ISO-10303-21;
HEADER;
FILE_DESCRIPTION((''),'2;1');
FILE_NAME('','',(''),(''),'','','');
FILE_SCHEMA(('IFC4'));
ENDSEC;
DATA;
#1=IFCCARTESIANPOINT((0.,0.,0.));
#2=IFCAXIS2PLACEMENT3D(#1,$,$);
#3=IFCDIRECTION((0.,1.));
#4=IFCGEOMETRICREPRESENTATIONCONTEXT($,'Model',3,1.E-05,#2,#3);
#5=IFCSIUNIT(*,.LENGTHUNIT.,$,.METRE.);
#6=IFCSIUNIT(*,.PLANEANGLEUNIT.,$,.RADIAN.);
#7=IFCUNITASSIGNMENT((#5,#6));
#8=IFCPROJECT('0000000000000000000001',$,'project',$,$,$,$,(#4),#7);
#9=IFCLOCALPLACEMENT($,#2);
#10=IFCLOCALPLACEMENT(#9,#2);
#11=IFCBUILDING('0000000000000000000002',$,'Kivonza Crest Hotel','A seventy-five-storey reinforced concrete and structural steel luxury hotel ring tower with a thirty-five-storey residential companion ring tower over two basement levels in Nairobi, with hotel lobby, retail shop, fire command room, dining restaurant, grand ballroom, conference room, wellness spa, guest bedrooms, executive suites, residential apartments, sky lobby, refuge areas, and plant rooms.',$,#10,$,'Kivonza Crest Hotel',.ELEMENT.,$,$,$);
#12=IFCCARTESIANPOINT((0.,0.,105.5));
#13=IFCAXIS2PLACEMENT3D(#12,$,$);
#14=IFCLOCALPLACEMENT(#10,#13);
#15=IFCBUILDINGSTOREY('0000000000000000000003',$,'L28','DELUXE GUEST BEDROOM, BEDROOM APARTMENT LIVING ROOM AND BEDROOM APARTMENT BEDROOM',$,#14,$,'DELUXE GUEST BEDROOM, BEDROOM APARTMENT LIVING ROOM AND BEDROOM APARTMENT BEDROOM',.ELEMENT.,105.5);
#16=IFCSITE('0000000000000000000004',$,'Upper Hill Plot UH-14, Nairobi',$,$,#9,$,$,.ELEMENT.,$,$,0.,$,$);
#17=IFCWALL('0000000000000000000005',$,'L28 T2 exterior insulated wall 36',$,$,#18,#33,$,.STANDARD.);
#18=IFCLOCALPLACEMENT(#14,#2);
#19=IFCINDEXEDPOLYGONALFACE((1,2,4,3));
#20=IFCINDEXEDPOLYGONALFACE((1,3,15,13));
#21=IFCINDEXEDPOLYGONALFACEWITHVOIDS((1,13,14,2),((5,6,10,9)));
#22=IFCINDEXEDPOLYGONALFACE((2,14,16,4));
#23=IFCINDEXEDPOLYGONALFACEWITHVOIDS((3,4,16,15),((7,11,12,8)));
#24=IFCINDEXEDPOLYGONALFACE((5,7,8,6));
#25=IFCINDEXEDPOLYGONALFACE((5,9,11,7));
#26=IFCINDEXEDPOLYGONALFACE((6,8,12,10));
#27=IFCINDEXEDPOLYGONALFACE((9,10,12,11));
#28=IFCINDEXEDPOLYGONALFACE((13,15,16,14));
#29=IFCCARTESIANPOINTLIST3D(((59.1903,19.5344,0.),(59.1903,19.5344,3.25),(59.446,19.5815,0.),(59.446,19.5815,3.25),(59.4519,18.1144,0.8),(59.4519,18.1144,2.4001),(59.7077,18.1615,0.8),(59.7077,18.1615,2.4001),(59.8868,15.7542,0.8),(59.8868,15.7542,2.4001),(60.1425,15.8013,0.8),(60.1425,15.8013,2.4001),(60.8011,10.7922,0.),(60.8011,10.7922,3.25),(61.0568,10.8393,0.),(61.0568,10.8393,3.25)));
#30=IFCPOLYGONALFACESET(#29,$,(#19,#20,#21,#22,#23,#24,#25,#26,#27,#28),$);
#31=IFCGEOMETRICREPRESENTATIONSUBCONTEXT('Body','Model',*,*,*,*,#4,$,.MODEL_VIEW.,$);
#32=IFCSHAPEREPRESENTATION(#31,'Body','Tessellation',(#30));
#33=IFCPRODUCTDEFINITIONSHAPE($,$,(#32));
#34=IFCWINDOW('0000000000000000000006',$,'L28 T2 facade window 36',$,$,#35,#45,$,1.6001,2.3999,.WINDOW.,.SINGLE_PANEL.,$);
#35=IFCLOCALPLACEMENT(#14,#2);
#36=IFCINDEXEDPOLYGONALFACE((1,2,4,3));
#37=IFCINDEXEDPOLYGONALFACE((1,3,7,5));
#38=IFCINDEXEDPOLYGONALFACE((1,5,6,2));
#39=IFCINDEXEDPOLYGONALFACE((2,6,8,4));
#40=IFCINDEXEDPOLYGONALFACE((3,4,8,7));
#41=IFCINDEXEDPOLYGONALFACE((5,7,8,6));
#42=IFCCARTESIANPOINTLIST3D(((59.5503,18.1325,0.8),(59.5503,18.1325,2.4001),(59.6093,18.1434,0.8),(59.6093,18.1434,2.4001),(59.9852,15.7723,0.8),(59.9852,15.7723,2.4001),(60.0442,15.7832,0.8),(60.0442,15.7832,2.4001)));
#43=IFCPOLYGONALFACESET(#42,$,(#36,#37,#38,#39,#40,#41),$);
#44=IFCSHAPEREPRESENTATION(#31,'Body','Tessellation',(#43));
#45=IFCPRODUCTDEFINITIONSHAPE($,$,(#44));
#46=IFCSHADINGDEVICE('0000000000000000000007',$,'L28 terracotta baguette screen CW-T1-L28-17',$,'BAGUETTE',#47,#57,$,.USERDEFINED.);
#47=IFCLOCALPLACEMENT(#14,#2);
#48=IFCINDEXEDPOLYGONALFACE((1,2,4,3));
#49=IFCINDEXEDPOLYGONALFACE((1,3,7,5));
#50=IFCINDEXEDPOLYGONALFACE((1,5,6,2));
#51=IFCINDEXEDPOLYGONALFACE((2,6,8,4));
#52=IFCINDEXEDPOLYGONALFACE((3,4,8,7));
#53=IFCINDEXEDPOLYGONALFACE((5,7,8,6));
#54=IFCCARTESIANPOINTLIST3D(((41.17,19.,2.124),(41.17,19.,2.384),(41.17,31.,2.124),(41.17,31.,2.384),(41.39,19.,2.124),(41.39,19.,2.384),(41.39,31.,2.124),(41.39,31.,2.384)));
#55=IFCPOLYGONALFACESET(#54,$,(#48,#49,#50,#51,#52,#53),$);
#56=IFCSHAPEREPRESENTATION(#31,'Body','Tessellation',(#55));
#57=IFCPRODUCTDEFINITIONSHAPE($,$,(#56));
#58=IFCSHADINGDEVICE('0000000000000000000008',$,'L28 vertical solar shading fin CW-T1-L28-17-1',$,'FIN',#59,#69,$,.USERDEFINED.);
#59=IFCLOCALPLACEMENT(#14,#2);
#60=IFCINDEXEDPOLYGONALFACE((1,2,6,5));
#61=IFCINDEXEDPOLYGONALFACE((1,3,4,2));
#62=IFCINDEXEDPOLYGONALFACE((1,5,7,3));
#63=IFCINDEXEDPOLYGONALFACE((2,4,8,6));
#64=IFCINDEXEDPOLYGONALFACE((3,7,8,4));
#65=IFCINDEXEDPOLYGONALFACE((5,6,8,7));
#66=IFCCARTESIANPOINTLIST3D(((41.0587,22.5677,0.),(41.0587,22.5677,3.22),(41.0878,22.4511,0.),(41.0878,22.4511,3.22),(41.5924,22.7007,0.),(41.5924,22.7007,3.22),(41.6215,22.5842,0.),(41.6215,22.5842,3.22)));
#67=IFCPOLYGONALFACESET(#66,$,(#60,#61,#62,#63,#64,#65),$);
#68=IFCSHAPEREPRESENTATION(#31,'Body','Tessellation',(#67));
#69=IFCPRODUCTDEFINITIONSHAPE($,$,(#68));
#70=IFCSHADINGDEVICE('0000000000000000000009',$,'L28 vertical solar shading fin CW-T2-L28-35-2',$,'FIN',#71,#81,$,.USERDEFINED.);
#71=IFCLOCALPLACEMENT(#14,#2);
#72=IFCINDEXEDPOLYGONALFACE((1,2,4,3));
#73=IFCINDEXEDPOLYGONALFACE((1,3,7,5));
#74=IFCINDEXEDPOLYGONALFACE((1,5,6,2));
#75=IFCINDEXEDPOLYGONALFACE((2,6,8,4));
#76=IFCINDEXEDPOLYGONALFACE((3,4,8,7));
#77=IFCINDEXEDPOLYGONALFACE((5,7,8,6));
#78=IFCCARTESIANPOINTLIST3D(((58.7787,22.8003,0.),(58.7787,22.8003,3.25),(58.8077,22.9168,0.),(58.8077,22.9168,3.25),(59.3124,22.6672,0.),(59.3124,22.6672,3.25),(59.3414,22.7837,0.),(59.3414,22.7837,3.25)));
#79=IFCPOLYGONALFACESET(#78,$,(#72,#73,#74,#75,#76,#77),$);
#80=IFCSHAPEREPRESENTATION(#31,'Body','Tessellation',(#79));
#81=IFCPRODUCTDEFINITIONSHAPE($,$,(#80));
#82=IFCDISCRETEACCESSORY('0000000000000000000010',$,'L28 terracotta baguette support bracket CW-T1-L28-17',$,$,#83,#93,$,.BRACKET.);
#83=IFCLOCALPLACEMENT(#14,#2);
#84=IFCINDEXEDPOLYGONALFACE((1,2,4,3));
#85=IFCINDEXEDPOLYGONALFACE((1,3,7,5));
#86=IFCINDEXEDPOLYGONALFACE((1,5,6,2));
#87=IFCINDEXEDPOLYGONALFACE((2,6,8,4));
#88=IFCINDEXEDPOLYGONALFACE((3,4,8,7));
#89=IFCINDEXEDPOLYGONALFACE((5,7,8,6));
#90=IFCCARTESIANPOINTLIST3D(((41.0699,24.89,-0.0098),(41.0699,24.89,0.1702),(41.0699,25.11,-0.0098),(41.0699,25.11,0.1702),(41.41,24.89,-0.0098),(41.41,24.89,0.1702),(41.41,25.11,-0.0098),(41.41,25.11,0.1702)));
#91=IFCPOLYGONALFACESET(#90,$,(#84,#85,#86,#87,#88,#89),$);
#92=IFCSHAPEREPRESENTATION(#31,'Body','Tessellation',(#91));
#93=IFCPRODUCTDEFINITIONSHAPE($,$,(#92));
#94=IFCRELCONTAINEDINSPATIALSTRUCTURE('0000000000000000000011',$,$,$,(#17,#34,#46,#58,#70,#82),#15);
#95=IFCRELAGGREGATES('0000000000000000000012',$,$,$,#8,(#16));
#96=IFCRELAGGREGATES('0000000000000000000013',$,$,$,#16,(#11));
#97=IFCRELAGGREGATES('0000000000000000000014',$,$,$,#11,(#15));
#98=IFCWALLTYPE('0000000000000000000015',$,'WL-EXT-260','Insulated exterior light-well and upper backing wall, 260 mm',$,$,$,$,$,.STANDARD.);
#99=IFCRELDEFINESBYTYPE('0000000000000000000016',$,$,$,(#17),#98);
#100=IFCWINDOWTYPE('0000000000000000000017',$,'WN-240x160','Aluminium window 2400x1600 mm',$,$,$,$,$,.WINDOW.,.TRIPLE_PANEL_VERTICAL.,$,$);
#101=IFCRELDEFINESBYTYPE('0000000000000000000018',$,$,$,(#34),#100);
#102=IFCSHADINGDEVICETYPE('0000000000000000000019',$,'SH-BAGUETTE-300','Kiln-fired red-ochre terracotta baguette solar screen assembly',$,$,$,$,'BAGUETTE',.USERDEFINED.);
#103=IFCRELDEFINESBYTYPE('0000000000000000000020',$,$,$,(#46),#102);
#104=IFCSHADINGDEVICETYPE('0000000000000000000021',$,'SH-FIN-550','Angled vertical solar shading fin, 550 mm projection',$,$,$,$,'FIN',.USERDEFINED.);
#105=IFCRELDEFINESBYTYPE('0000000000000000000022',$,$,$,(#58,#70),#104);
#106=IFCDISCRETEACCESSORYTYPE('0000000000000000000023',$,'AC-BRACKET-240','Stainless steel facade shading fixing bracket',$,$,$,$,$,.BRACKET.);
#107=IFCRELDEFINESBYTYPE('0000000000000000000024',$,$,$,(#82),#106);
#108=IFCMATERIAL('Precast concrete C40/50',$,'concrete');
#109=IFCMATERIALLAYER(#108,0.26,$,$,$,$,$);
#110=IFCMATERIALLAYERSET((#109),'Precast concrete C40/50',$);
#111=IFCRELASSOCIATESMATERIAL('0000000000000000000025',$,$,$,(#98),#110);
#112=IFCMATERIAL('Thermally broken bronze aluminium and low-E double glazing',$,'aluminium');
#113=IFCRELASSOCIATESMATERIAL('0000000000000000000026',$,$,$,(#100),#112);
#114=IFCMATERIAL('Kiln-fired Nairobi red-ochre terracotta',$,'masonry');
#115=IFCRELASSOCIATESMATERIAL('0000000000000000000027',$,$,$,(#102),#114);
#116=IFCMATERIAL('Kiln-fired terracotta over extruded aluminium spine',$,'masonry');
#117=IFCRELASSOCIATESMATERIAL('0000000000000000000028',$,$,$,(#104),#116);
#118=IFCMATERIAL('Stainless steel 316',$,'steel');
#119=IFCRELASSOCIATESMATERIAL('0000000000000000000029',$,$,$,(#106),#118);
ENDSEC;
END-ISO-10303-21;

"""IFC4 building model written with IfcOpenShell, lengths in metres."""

from ifc_helpers import new_model, si_unit, direction, frame, frame_2d, origin, origin_2d, place, context, subcontext, project, spatial, rectangle, extrude, material, layer, layer_set, type_object, element, fill, save


model = new_model("IFC4")

# Units and contexts
model_context = context("Model", 3, precision=1e-05, world=origin(), true_north=direction((0.0, 1.0)))
body_context = subcontext(model_context, "Body", "Model", "MODEL_VIEW")
ifc_project = project(units=[si_unit("LENGTHUNIT", "METRE"), si_unit("PLANEANGLEUNIT", "RADIAN")], contexts=[model_context])

# Site, building, storey
site_placement = place(None, origin())
site = spatial("IfcSite", under=ifc_project, at=site_placement, Name="Upper Hill Plot UH-14, Nairobi", CompositionType="ELEMENT", RefElevation=0.0)
building_placement = place(site_placement, origin())
building = spatial("IfcBuilding", under=site, at=building_placement, Name="Kivonza Crest Hotel", Description="A seventy-five-storey reinforced concrete and structural steel luxury hotel ring tower with a thirty-five-storey residential companion ring tower over two basement levels in Nairobi, with hotel lobby, retail shop, fire command room, dining restaurant, grand ballroom, conference room, wellness spa, guest bedrooms, executive suites, residential apartments, sky lobby, refuge areas, and plant rooms.", LongName="Kivonza Crest Hotel", CompositionType="ELEMENT")
storey_placement = place(building_placement, frame((0.0, 0.0, 105.5)))
storey = spatial("IfcBuildingStorey", under=building, at=storey_placement, Name="L28", Description="DELUXE GUEST BEDROOM, BEDROOM APARTMENT LIVING ROOM AND BEDROOM APARTMENT BEDROOM", LongName="DELUXE GUEST BEDROOM, BEDROOM APARTMENT LIVING ROOM AND BEDROOM APARTMENT BEDROOM", CompositionType="ELEMENT", Elevation=105.5)

# Shared definitions
ifc_material_1 = material(Name="Precast concrete C40/50", Category="concrete")
ifc_layer_1 = layer(ifc_material_1, 0.26)
ifc_layer_set_1 = layer_set([ifc_layer_1], Name="Precast concrete C40/50")
wall_type_1 = type_object("IfcWallType", Name="WL-EXT-260", Description="Insulated exterior light-well and upper backing wall, 260 mm", PredefinedType="STANDARD", material=ifc_layer_set_1)

# Wall, opening, window
ifc_material_2 = material(Name="Thermally broken bronze aluminium and low-E double glazing", Category="aluminium")
window_type = type_object("IfcWindowType", Name="WN-240x160", Description="Aluminium window 2400x1600 mm", PartitioningType="TRIPLE_PANEL_VERTICAL", PredefinedType="WINDOW", material=ifc_material_2)
wall_1_placement = place(storey_placement, frame((59.3181, 19.5581, 0.0), z_axis=(0.0, 0.0, 1.0), x_axis=(0.18121, -0.983444, 0.0)))
wall_1 = element("IfcWall", 1, at=wall_1_placement, inside=storey, type_object=wall_type_1, Name="L28 T2 exterior insulated wall 36", PredefinedType="STANDARD", context=body_context, shape_type="SweptSolid", body=[
    extrude(rectangle(XDim=8.8894, YDim=0.26, at=frame_2d((4.4448, 0.0))), origin(), (0.0, 0.0, 1.0), 3.25),
])
opening_1_placement = place(wall_1_placement, frame((1.4441, 0.0, 0.8)))
opening_1 = element("IfcOpeningElement", 2, at=opening_1_placement, cuts=wall_1, PredefinedType="OPENING", context=body_context, shape_type="SweptSolid", body=[
    extrude(rectangle(XDim=2.3999, YDim=1.6001, at=frame_2d((1.2, 0.8))), frame((0.0, 0.1401, 0.0), z_axis=(0.0, -1.0, 0.0), x_axis=(1.0, 0.0, 0.0)), (0.0, 0.0, 1.0), 0.28),
])
window_1_placement = place(opening_1_placement, origin())
window_1 = element("IfcWindow", 3, at=window_1_placement, inside=storey, type_object=window_type, Name="L28 T2 facade window 36", OverallHeight=1.6001, OverallWidth=2.3999, PartitioningType="SINGLE_PANEL", PredefinedType="WINDOW", context=body_context, shape_type="SweptSolid", body=[
    extrude(rectangle(XDim=2.3999, YDim=1.6001, at=frame_2d((1.2, 0.8))), frame((0.0, 0.03, 0.0), z_axis=(0.0, -1.0, 0.0), x_axis=(1.0, 0.0, 0.0)), (0.0, 0.0, 1.0), 0.0601),
])
fill(opening_1, window_1)

# Shading devices
ifc_material_3 = material(Name="Kiln-fired Nairobi red-ochre terracotta", Category="masonry")
shading_device_type_1 = type_object("IfcShadingDeviceType", Name="SH-BAGUETTE-300", Description="Kiln-fired red-ochre terracotta baguette solar screen assembly", ElementType="BAGUETTE", PredefinedType="USERDEFINED", material=ifc_material_3)
shading_device_1_placement = place(storey_placement, frame((41.28, 25.0, 2.124), z_axis=(0.0, 0.0, 1.0), x_axis=(0.0, 1.0, 0.0)))
element("IfcShadingDevice", 4, at=shading_device_1_placement, inside=storey, type_object=shading_device_type_1, Name="L28 terracotta baguette screen CW-T1-L28-17", ObjectType="BAGUETTE", PredefinedType="USERDEFINED", context=body_context, shape_type="SweptSolid", body=[
    extrude(rectangle(XDim=12.0, YDim=0.22, at=origin_2d()), origin(), (0.0, 0.0, 1.0), 0.26),
])
ifc_material_4 = material(Name="Kiln-fired terracotta over extruded aluminium spine", Category="masonry")
shading_device_type_2 = type_object("IfcShadingDeviceType", Name="SH-FIN-550", Description="Angled vertical solar shading fin, 550 mm projection", ElementType="FIN", PredefinedType="USERDEFINED", material=ifc_material_4)
shading_device_2_placement = place(storey_placement, frame((41.3401, 22.5759, 0.0), z_axis=(0.0, 0.0, 1.0), x_axis=(-0.241922, 0.970296, 0.0)))
element("IfcShadingDevice", 5, at=shading_device_2_placement, inside=storey, type_object=shading_device_type_2, Name="L28 vertical solar shading fin CW-T1-L28-17-1", ObjectType="FIN", PredefinedType="USERDEFINED", context=body_context, shape_type="SweptSolid", body=[
    extrude(rectangle(XDim=0.1201, YDim=0.55, at=origin_2d()), origin(), (0.0, 0.0, 1.0), 3.22),
])
shading_device_3_placement = place(storey_placement, frame((59.0601, 22.792, 0.0), z_axis=(0.0, 0.0, 1.0), x_axis=(-0.241922, -0.970296, 0.0)))
element("IfcShadingDevice", 6, at=shading_device_3_placement, inside=storey, type_object=shading_device_type_2, Name="L28 vertical solar shading fin CW-T2-L28-35-2", ObjectType="FIN", PredefinedType="USERDEFINED", context=body_context, shape_type="SweptSolid", body=[
    extrude(rectangle(XDim=0.1201, YDim=0.55, at=origin_2d()), origin(), (0.0, 0.0, 1.0), 3.25),
])

# Discrete accessory
ifc_material_5 = material(Name="Stainless steel 316", Category="steel")
discrete_accessory_type = type_object("IfcDiscreteAccessoryType", Name="AC-BRACKET-240", Description="Stainless steel facade shading fixing bracket", PredefinedType="BRACKET", material=ifc_material_5)
discrete_accessory_placement = place(storey_placement, frame((41.24, 25.0, -0.0098), z_axis=(0.0, 0.0, 1.0), x_axis=(0.0, 1.0, 0.0)))
element("IfcDiscreteAccessory", 7, at=discrete_accessory_placement, inside=storey, type_object=discrete_accessory_type, Name="L28 terracotta baguette support bracket CW-T1-L28-17", PredefinedType="BRACKET", context=body_context, shape_type="SweptSolid", body=[
    extrude(rectangle(XDim=0.22, YDim=0.3401, at=origin_2d()), origin(), (0.0, 0.0, 1.0), 0.1799),
])

save(model, "model.ifc")
